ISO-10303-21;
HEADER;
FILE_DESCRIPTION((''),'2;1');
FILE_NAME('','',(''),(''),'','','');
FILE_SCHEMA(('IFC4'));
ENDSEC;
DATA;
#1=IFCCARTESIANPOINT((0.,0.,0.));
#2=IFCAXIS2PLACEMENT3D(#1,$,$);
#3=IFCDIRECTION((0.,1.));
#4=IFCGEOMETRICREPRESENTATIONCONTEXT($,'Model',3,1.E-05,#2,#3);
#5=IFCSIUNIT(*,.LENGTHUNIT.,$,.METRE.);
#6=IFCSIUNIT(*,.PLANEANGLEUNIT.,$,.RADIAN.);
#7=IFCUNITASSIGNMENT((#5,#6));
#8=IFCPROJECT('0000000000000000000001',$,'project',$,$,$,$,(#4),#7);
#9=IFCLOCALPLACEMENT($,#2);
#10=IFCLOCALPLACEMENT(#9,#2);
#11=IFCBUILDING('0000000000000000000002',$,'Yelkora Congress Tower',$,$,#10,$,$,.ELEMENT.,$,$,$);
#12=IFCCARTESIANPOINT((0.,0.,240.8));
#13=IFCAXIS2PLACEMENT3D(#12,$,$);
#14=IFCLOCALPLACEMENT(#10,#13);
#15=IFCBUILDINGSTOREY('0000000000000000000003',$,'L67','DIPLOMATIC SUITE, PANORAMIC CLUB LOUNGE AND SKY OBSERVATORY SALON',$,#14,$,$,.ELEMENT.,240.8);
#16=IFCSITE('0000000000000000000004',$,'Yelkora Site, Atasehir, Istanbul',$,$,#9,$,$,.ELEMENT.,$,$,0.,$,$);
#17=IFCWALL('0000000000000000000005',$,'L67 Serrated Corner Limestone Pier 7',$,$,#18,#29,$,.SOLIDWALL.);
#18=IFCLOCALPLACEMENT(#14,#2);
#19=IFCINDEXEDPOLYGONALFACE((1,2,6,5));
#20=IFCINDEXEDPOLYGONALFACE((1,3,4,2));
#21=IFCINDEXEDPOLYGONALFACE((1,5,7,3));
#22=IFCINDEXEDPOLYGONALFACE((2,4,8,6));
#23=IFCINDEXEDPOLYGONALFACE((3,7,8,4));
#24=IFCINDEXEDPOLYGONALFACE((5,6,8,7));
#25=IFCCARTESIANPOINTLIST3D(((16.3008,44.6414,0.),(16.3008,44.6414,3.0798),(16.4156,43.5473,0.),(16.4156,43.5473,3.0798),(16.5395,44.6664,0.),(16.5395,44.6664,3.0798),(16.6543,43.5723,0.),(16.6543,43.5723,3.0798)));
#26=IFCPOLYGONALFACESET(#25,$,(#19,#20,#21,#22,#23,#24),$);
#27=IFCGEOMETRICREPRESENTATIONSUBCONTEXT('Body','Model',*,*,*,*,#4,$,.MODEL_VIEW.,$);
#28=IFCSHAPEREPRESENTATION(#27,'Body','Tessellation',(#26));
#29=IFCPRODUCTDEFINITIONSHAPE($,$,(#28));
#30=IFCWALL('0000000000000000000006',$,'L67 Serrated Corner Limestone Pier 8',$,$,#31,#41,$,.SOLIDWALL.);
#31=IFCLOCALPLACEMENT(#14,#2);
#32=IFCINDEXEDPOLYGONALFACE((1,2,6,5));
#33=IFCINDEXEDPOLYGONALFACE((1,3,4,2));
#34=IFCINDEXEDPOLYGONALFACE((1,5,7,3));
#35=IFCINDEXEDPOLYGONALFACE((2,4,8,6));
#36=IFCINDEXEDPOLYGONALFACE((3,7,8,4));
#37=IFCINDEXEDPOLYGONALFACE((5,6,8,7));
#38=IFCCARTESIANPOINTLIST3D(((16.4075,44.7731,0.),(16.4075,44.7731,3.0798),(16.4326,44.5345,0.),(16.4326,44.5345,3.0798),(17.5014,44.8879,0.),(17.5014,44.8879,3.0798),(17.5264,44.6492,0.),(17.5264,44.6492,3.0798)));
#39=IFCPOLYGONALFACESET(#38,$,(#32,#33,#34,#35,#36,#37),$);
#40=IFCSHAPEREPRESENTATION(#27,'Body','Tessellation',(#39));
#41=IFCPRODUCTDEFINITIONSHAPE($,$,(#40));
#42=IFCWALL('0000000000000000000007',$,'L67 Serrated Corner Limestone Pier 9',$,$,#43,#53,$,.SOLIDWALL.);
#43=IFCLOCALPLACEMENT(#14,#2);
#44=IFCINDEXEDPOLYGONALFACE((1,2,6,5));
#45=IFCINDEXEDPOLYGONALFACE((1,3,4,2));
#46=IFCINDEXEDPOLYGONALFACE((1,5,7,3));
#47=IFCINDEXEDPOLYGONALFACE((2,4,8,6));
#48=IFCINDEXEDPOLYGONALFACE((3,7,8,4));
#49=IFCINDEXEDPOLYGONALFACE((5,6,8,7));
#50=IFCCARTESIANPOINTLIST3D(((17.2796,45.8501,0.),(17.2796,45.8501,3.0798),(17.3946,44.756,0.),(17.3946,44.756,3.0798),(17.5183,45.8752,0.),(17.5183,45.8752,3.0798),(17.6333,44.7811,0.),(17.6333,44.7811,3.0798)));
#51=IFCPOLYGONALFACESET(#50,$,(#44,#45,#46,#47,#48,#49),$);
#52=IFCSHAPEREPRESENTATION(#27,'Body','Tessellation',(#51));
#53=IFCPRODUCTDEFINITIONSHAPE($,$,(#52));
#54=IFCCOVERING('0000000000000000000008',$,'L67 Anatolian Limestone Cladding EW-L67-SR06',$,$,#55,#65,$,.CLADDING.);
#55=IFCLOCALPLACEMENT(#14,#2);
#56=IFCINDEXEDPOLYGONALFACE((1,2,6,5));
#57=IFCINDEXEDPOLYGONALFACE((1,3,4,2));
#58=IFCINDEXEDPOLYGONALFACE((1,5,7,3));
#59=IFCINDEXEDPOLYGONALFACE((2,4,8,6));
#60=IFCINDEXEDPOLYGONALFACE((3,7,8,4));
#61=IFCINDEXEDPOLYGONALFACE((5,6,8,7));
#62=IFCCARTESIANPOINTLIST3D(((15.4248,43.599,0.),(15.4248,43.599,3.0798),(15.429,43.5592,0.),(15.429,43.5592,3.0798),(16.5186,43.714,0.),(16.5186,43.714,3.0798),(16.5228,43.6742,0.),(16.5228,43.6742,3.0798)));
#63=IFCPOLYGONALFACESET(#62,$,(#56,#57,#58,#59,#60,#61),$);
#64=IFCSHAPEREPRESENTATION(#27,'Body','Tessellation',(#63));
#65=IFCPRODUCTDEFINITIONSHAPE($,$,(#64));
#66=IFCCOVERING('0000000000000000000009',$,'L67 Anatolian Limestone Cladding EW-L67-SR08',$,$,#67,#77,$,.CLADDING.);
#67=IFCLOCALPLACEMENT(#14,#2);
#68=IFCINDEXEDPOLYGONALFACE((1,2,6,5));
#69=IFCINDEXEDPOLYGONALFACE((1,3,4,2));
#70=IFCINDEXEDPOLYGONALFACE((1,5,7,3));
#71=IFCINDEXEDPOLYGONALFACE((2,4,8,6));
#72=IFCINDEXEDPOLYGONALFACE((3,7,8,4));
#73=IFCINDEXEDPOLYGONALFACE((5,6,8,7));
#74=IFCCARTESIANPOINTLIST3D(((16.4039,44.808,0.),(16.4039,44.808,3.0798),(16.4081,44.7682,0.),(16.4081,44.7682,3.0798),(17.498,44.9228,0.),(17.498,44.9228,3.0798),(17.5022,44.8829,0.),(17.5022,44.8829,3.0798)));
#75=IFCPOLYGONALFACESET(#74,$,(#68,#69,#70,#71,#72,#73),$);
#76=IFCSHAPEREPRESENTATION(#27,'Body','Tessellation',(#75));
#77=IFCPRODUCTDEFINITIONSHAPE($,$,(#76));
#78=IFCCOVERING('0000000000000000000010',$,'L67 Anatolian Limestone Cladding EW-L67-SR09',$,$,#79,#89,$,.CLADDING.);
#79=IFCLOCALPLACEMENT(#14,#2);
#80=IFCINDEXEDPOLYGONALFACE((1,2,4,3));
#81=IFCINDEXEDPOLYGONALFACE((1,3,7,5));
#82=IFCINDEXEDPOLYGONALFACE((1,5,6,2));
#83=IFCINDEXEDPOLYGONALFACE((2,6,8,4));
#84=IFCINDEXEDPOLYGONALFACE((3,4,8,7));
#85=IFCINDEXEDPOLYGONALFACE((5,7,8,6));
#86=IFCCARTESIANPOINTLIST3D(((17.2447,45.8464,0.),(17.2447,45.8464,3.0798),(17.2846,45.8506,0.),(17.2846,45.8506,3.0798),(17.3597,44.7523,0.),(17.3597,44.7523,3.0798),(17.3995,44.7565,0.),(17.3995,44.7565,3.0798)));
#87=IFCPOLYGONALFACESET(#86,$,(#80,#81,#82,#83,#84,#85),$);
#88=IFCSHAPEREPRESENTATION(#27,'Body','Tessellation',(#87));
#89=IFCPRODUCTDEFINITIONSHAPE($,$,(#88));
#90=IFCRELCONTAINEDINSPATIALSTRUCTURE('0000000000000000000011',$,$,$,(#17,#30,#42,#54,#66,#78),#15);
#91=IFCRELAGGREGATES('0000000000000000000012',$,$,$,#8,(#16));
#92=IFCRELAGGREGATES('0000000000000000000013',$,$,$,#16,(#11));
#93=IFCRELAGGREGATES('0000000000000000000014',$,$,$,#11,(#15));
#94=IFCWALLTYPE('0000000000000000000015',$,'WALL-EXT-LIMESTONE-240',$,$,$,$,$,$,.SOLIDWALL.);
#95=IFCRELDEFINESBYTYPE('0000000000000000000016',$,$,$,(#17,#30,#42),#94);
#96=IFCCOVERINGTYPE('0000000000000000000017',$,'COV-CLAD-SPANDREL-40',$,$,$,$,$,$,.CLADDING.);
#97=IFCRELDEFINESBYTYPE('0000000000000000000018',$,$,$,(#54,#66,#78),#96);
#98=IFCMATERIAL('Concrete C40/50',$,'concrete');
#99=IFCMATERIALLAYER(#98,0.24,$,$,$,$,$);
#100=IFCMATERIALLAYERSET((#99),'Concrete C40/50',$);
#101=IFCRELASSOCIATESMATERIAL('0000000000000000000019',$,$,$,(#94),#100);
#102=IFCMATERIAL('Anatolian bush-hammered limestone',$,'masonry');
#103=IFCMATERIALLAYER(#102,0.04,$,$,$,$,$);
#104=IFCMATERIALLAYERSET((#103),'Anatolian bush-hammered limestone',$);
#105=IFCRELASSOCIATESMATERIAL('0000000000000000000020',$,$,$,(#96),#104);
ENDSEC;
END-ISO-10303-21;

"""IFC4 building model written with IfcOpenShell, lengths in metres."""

from ifc_helpers import new_model, si_unit, direction, frame, frame_2d, origin, place, context, subcontext, project, spatial, rectangle, extrude, material, layer, layer_set, type_object, element, save


model = new_model("IFC4")

# Units and contexts
model_context = context("Model", 3, precision=1e-05, world=origin(), true_north=direction((0.0, 1.0)))
body_context = subcontext(model_context, "Body", "Model", "MODEL_VIEW")
ifc_project = project(units=[si_unit("LENGTHUNIT", "METRE"), si_unit("PLANEANGLEUNIT", "RADIAN")], contexts=[model_context])

# Site, building, storey
site_placement = place(None, origin())
site = spatial("IfcSite", under=ifc_project, at=site_placement, Name="Yelkora Site, Atasehir, Istanbul", CompositionType="ELEMENT", RefElevation=0.0)
building_placement = place(site_placement, origin())
building = spatial("IfcBuilding", under=site, at=building_placement, Name="Yelkora Congress Tower", CompositionType="ELEMENT")
storey_placement = place(building_placement, frame((0.0, 0.0, 240.8)))
storey = spatial("IfcBuildingStorey", under=building, at=storey_placement, Name="L67", Description="DIPLOMATIC SUITE, PANORAMIC CLUB LOUNGE AND SKY OBSERVATORY SALON", CompositionType="ELEMENT", Elevation=240.8)

# Walls
ifc_material_1 = material(Name="Concrete C40/50", Category="concrete")
ifc_layer_1 = layer(ifc_material_1, 0.24)
ifc_layer_set_1 = layer_set([ifc_layer_1], Name="Concrete C40/50")
wall_type_1 = type_object("IfcWallType", Name="WALL-EXT-LIMESTONE-240", PredefinedType="SOLIDWALL", material=ifc_layer_set_1)
wall_1_placement = place(storey_placement, frame((16.5349, 43.5598, 0.0), z_axis=(0.0, 0.0, 1.0), x_axis=(-0.104315, 0.994544, 0.0)))
element("IfcWall", 1, at=wall_1_placement, inside=storey, type_object=wall_type_1, Name="L67 Serrated Corner Limestone Pier 7", PredefinedType="SOLIDWALL", context=body_context, shape_type="SweptSolid", body=[
    extrude(rectangle(XDim=1.1001, YDim=0.24, at=frame_2d((0.55, 0.0))), origin(), (0.0, 0.0, 1.0), 3.0798),
])
wall_2_placement = place(storey_placement, frame((16.4202, 44.6538, 0.0), z_axis=(0.0, 0.0, 1.0), x_axis=(0.994542, 0.104338, 0.0)))
element("IfcWall", 2, at=wall_2_placement, inside=storey, type_object=wall_type_1, Name="L67 Serrated Corner Limestone Pier 8", PredefinedType="SOLIDWALL", context=body_context, shape_type="SweptSolid", body=[
    extrude(rectangle(XDim=1.0999, YDim=0.24, at=frame_2d((0.5498, 0.0))), origin(), (0.0, 0.0, 1.0), 3.0798),
])
wall_3_placement = place(storey_placement, frame((17.5139, 44.7686, 0.0), z_axis=(0.0, 0.0, 1.0), x_axis=(-0.104535, 0.994521, 0.0)))
element("IfcWall", 3, at=wall_3_placement, inside=storey, type_object=wall_type_1, Name="L67 Serrated Corner Limestone Pier 9", PredefinedType="SOLIDWALL", context=body_context, shape_type="SweptSolid", body=[
    extrude(rectangle(XDim=1.1001, YDim=0.24, at=frame_2d((0.55, 0.0))), origin(), (0.0, 0.0, 1.0), 3.0798),
])

# Coverings
ifc_material_2 = material(Name="Anatolian bush-hammered limestone", Category="masonry")
ifc_layer_2 = layer(ifc_material_2, 0.04)
ifc_layer_set_2 = layer_set([ifc_layer_2], Name="Anatolian bush-hammered limestone")
covering_type = type_object("IfcCoveringType", Name="COV-CLAD-SPANDREL-40", PredefinedType="CLADDING", material=ifc_layer_set_2)
covering_placement = place(storey_placement, frame((15.427, 43.5791, 0.0), z_axis=(0.0, 0.0, 1.0), x_axis=(0.994519, 0.104558, 0.0)))
element("IfcCovering", 4, at=covering_placement, inside=storey, type_object=covering_type, Name="L67 Anatolian Limestone Cladding EW-L67-SR06", PredefinedType="CLADDING", context=body_context, shape_type="SweptSolid", body=[
    extrude(rectangle(XDim=1.0999, YDim=0.04, at=frame_2d((0.5498, 0.0))), origin(), (0.0, 0.0, 1.0), 3.0798),
])
for number, where, z_axis, x_axis, name in (
    (5, (16.406, 44.7881, 0.0), (0.0, 0.0, 1.0), (0.994544, 0.104315, 0.0), "L67 Anatolian Limestone Cladding EW-L67-SR08"),
    (6, (17.3796, 44.7544, 0.0), (0.0, 0.0, 1.0), (-0.104535, 0.994521, 0.0), "L67 Anatolian Limestone Cladding EW-L67-SR09"),
):
    element("IfcCovering", number, at=place(storey_placement, frame(where, z_axis=z_axis, x_axis=x_axis)), inside=storey, type_object=covering_type, Name=name, PredefinedType="CLADDING", context=body_context, shape_type="SweptSolid", body=[
        extrude(rectangle(XDim=1.1001, YDim=0.04, at=frame_2d((0.55, 0.0))), origin(), (0.0, 0.0, 1.0), 3.0798),
    ])

save(model, "model.ifc")
